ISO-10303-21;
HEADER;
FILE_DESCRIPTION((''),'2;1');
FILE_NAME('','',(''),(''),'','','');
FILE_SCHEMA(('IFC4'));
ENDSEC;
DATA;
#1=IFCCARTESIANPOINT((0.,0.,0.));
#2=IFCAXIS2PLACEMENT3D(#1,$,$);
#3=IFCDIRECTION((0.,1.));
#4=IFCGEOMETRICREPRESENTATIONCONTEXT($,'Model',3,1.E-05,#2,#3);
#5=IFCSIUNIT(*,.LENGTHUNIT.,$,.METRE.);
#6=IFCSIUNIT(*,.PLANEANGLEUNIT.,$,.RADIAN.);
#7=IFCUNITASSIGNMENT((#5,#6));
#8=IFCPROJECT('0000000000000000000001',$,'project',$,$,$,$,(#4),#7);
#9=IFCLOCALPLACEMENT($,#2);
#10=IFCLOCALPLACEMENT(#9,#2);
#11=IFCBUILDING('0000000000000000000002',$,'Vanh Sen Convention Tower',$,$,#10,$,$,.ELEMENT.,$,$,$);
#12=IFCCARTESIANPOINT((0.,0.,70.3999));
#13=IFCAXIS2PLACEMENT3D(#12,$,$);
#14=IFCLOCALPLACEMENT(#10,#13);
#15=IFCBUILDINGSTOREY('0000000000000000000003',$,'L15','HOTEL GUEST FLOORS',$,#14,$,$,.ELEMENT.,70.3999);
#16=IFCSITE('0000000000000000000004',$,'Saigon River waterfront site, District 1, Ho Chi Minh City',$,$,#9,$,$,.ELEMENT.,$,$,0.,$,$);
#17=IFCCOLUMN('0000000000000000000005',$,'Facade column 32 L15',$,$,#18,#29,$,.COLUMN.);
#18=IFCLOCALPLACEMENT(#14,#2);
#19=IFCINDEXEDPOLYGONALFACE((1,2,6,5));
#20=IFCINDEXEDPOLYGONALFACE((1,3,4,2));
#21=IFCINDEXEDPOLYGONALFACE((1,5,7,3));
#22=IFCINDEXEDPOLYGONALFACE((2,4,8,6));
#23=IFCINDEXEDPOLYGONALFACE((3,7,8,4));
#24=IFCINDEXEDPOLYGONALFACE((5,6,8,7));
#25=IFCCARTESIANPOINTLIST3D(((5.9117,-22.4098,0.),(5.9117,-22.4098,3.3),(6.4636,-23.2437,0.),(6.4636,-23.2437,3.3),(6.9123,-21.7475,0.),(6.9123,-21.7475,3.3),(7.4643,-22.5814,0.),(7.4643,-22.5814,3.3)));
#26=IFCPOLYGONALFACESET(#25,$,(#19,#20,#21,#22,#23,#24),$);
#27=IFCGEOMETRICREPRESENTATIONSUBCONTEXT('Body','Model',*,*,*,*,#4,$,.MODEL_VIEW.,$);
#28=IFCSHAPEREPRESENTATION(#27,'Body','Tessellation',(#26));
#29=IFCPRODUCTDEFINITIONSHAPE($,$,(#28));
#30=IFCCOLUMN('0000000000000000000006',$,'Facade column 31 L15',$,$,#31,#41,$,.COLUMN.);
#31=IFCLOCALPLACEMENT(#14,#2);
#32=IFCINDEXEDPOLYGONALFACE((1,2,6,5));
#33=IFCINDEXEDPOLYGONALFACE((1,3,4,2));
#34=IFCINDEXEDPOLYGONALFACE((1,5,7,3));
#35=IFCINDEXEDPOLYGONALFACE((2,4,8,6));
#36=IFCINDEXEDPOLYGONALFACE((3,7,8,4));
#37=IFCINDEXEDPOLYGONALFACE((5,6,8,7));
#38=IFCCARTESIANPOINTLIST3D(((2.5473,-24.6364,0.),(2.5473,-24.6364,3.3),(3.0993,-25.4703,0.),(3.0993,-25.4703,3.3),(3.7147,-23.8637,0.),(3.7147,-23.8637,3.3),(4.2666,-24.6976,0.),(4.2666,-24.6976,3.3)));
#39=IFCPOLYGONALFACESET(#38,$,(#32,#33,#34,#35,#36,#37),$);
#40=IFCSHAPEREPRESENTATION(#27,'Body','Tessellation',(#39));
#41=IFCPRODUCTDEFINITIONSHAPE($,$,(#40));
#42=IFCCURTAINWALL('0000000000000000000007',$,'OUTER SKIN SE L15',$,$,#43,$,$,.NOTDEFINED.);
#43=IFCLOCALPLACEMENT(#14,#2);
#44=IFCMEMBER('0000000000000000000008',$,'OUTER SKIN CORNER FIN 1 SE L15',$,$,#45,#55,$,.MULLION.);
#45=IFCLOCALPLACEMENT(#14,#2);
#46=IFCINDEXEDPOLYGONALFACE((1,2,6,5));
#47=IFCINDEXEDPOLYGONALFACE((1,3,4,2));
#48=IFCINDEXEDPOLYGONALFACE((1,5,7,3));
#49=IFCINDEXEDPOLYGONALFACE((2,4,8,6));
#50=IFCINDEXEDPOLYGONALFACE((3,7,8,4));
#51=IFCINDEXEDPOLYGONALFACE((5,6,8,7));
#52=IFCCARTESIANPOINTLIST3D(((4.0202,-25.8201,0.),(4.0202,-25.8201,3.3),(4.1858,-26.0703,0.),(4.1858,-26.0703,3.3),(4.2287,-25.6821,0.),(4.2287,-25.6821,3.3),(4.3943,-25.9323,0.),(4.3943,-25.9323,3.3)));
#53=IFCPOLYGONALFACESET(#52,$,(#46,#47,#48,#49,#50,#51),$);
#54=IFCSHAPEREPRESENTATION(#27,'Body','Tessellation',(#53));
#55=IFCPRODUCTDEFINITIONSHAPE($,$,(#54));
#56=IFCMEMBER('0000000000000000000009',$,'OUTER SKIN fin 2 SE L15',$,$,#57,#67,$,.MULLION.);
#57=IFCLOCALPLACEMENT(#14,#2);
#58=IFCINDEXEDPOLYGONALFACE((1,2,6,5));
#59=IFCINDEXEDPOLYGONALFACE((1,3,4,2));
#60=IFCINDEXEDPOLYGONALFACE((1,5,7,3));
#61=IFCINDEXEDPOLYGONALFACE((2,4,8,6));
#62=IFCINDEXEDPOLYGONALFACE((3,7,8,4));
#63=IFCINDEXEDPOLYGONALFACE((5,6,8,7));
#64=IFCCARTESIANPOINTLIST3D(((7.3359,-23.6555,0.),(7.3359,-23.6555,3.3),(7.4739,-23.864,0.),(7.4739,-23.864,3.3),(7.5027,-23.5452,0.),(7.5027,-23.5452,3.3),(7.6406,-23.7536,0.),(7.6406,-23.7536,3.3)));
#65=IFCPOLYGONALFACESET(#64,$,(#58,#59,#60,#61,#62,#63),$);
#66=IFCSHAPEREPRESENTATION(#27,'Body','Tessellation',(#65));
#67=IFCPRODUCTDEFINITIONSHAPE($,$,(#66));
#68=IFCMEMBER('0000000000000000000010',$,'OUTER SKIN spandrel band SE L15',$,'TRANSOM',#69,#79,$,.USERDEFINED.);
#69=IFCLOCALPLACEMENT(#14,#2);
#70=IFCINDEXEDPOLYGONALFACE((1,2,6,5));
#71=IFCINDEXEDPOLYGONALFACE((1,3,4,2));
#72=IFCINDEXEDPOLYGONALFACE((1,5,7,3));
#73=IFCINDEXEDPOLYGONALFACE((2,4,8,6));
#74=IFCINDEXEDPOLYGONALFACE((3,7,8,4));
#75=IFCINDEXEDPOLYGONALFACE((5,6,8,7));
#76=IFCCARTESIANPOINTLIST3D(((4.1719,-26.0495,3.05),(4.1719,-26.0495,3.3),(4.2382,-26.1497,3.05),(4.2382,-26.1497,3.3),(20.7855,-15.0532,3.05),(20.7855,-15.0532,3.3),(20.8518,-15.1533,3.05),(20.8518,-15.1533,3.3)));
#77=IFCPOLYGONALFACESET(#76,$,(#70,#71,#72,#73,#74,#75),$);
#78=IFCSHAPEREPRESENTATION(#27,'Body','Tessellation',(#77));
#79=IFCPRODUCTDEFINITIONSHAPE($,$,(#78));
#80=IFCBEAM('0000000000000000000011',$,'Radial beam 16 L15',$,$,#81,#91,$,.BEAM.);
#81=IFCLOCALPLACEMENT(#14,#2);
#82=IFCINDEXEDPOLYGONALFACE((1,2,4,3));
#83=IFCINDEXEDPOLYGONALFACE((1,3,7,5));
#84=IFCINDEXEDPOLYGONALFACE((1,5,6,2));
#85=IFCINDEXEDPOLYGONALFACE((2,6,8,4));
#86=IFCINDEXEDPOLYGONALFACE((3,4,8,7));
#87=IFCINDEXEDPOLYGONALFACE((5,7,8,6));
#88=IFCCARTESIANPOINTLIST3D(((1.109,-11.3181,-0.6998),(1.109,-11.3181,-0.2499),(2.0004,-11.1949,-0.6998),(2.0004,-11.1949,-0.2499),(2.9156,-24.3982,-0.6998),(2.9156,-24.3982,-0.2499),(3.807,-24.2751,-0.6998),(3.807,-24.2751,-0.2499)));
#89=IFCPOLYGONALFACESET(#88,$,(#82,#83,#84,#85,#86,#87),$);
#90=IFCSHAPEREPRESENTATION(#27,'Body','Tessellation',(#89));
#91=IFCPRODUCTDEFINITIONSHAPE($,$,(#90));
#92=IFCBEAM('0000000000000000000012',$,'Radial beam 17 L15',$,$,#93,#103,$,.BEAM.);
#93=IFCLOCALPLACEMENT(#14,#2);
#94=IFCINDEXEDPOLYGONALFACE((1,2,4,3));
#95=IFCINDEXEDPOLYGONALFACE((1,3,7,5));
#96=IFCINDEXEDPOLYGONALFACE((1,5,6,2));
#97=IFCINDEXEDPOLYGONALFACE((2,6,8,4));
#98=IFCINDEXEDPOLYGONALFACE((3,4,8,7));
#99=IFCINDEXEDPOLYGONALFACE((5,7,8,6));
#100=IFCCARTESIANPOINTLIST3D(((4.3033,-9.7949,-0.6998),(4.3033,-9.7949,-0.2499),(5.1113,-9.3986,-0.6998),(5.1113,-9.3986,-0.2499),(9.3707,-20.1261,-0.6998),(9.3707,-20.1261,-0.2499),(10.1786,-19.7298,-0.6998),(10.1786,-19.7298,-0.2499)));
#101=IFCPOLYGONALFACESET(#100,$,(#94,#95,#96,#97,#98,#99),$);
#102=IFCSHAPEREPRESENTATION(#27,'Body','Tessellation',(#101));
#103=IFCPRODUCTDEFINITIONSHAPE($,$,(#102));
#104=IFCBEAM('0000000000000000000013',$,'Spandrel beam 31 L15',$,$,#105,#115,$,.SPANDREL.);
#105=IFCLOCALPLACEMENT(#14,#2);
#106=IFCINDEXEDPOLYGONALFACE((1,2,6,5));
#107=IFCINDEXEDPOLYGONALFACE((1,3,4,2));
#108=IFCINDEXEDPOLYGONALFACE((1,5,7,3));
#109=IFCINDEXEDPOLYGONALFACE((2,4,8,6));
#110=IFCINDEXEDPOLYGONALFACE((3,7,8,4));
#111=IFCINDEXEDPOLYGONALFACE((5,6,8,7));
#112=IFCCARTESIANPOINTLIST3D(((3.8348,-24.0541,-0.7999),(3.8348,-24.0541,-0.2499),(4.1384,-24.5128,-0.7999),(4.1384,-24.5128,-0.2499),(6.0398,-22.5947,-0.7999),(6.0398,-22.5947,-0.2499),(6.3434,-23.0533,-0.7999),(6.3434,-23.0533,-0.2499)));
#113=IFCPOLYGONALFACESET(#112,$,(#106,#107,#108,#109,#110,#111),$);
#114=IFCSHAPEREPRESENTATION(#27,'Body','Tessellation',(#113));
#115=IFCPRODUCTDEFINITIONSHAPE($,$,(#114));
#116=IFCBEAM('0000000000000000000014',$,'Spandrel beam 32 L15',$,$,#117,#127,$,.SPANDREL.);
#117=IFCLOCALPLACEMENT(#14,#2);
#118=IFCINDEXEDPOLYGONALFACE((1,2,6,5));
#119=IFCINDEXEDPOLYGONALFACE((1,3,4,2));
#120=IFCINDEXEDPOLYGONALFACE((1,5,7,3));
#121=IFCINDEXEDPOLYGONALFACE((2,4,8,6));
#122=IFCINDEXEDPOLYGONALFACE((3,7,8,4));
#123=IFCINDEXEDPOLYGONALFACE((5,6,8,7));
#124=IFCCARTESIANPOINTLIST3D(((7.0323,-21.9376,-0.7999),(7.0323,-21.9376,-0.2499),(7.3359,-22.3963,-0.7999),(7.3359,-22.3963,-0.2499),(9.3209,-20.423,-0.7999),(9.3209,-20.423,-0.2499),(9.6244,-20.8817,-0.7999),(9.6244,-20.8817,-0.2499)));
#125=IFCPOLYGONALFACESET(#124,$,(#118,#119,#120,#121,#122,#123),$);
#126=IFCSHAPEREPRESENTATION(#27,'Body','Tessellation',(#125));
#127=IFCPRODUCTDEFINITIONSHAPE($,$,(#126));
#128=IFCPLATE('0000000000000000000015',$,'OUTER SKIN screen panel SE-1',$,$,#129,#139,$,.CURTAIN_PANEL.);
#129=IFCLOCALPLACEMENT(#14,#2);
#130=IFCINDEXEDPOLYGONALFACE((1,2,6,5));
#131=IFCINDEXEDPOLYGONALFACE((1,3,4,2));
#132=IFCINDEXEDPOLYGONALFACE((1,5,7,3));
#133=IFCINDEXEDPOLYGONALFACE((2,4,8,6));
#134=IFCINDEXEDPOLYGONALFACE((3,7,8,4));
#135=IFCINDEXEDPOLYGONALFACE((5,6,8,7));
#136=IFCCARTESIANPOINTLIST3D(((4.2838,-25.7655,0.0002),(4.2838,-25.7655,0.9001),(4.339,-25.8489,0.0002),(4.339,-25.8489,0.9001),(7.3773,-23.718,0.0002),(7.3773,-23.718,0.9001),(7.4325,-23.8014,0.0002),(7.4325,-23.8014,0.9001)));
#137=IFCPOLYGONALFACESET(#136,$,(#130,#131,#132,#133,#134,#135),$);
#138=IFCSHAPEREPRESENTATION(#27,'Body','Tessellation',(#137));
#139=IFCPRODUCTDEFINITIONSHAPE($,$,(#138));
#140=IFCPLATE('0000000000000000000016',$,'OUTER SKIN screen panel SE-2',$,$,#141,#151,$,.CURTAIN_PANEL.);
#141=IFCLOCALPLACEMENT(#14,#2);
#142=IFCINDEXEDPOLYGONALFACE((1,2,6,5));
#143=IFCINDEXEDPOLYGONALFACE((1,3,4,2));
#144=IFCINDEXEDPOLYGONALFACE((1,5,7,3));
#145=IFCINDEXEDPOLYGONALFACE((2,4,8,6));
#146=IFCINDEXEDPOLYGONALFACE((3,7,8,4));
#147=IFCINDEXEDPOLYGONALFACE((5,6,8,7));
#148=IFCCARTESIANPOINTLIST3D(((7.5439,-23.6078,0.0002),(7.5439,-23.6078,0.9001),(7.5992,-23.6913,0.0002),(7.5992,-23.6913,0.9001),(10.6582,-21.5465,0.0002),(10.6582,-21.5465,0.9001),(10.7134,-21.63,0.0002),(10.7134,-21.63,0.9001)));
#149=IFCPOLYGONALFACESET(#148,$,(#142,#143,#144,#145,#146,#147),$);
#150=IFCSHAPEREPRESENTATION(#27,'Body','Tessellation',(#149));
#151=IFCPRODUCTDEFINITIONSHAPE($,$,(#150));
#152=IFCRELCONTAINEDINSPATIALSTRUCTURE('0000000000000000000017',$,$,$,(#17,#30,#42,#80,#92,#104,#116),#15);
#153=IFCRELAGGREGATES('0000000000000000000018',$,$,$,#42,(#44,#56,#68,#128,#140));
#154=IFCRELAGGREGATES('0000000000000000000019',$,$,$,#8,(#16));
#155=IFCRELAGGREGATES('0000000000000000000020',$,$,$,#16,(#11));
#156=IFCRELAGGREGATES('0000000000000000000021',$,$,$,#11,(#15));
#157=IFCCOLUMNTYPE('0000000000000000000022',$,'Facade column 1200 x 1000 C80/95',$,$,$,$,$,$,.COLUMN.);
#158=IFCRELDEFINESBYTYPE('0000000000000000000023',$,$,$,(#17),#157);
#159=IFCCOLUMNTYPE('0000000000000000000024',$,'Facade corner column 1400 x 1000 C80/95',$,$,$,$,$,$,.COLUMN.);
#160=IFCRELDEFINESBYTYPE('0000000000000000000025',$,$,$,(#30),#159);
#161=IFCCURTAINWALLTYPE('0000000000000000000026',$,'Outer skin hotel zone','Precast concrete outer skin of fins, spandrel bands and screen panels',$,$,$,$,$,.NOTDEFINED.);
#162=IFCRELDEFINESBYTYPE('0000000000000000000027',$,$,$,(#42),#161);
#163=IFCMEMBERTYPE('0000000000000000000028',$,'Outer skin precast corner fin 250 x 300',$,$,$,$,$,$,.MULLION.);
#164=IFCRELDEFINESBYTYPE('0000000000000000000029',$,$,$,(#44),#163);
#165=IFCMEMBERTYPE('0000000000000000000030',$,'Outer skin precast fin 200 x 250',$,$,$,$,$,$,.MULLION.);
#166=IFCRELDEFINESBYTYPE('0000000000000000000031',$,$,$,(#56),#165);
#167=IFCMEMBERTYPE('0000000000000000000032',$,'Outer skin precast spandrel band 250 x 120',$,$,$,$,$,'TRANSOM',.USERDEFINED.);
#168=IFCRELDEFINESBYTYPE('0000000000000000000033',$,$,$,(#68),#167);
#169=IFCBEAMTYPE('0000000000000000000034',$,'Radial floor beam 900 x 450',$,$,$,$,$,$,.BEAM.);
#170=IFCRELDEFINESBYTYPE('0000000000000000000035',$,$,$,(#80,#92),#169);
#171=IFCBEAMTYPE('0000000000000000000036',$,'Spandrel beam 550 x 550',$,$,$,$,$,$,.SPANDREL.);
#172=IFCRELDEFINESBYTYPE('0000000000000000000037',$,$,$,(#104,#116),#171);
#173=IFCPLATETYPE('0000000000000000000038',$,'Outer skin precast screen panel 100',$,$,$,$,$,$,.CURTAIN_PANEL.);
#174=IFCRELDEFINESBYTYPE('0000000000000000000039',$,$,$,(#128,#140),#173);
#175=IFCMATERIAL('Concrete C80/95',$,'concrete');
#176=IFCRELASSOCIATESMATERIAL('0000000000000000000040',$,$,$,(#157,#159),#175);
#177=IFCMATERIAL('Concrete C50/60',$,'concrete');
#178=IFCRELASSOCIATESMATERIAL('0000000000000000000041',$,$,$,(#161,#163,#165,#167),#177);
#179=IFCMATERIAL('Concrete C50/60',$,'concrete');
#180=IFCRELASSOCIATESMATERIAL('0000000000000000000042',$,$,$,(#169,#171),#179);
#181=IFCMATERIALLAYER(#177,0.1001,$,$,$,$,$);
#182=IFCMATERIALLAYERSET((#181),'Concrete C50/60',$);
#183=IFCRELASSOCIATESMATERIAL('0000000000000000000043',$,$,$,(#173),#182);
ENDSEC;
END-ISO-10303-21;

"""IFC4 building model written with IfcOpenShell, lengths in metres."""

from ifc_helpers import new_model, si_unit, direction, frame, origin, origin_2d, place, context, subcontext, project, spatial, rectangle, extrude, material, layer, layer_set, material_profile, profile_set, type_object, element, aggregate, save


model = new_model("IFC4")

# Units and contexts
model_context = context("Model", 3, precision=1e-05, world=origin(), true_north=direction((0.0, 1.0)))
body_context = subcontext(model_context, "Body", "Model", "MODEL_VIEW")
ifc_project = project(units=[si_unit("LENGTHUNIT", "METRE"), si_unit("PLANEANGLEUNIT", "RADIAN")], contexts=[model_context])

# Site, building, storey
site_placement = place(None, origin())
site = spatial("IfcSite", under=ifc_project, at=site_placement, Name="Saigon River waterfront site, District 1, Ho Chi Minh City", CompositionType="ELEMENT", RefElevation=0.0)
building_placement = place(site_placement, origin())
building = spatial("IfcBuilding", under=site, at=building_placement, Name="Vanh Sen Convention Tower", CompositionType="ELEMENT")
storey_placement = place(building_placement, frame((0.0, 0.0, 70.3999)))
storey = spatial("IfcBuildingStorey", under=building, at=storey_placement, Name="L15", Description="HOTEL GUEST FLOORS", CompositionType="ELEMENT", Elevation=70.3999)

# Columns
ifc_material_1 = material(Name="Concrete C80/95", Category="concrete")
ifc_material_profile_1 = material_profile(ifc_material_1, rectangle(XDim=1.2, YDim=1.0, at=origin_2d()), Name="RC 1200X1000")
ifc_profile_set_1 = profile_set([ifc_material_profile_1], Name="Concrete C80/95")
column_type_1 = type_object("IfcColumnType", Name="Facade column 1200 x 1000 C80/95", PredefinedType="COLUMN", material=ifc_profile_set_1)
column_1_placement = place(storey_placement, frame((6.688, -22.4956, 0.0), z_axis=(0.0, 0.0, 1.0), x_axis=(0.833886, 0.551937, 0.0)))
element("IfcColumn", 1, at=column_1_placement, inside=storey, type_object=column_type_1, Name="Facade column 32 L15", PredefinedType="COLUMN", context=body_context, shape_type="SweptSolid", body=[
    extrude(rectangle(XDim=1.2, YDim=1.0, at=origin_2d()), origin(), (0.0, 0.0, 1.0), 3.3),
])
ifc_material_profile_2 = material_profile(ifc_material_1, rectangle(XDim=1.3999, YDim=1.0, at=origin_2d()), Name="RC 1400X1000")
ifc_profile_set_2 = profile_set([ifc_material_profile_2], Name="Concrete C80/95")
column_type_2 = type_object("IfcColumnType", Name="Facade corner column 1400 x 1000 C80/95", PredefinedType="COLUMN", material=ifc_profile_set_2)
column_2_placement = place(storey_placement, frame((3.407, -24.667, 0.0), z_axis=(0.0, 0.0, 1.0), x_axis=(0.833886, 0.551937, 0.0)))
element("IfcColumn", 2, at=column_2_placement, inside=storey, type_object=column_type_2, Name="Facade column 31 L15", PredefinedType="COLUMN", context=body_context, shape_type="SweptSolid", body=[
    extrude(rectangle(XDim=1.3999, YDim=1.0, at=origin_2d()), origin(), (0.0, 0.0, 1.0), 3.3),
])

# Curtain wall, members
ifc_material_2 = material(Name="Concrete C50/60", Category="concrete")
curtain_wall_type = type_object("IfcCurtainWallType", Name="Outer skin hotel zone", Description="Precast concrete outer skin of fins, spandrel bands and screen panels", PredefinedType="NOTDEFINED", material=ifc_material_2)
curtain_wall_placement = place(storey_placement, origin())
curtain_wall = element("IfcCurtainWall", 3, at=curtain_wall_placement, inside=storey, type_object=curtain_wall_type, Name="OUTER SKIN SE L15", PredefinedType="NOTDEFINED")
ifc_material_profile_3 = material_profile(ifc_material_2, rectangle(XDim=0.25, YDim=0.3, at=origin_2d()), Name="Outer skin precast corner fin 250 x 300")
ifc_profile_set_3 = profile_set([ifc_material_profile_3], Name="Concrete C50/60")
member_type_1 = type_object("IfcMemberType", Name="Outer skin precast corner fin 250 x 300", PredefinedType="MULLION", material=ifc_profile_set_3)
member_1_placement = place(storey_placement, frame((4.2073, -25.8762, 0.0), z_axis=(0.0, 0.0, 1.0), x_axis=(0.833886, 0.551937, 0.0)))
member_1 = element("IfcMember", 4, at=member_1_placement, type_object=member_type_1, Name="OUTER SKIN CORNER FIN 1 SE L15", PredefinedType="MULLION", context=body_context, shape_type="SweptSolid", body=[
    extrude(rectangle(XDim=0.25, YDim=0.3, at=origin_2d()), origin(), (0.0, 0.0, 1.0), 3.3),
])
ifc_material_profile_4 = material_profile(ifc_material_2, rectangle(XDim=0.2, YDim=0.25, at=origin_2d()), Name="Outer skin precast fin 200 x 250")
ifc_profile_set_4 = profile_set([ifc_material_profile_4], Name="Concrete C50/60")
member_type_2 = type_object("IfcMemberType", Name="Outer skin precast fin 200 x 250", PredefinedType="MULLION", material=ifc_profile_set_4)
member_2_placement = place(storey_placement, frame((7.4883, -23.7046, 0.0), z_axis=(0.0, 0.0, 1.0), x_axis=(0.833886, 0.551937, 0.0)))
member_2 = element("IfcMember", 5, at=member_2_placement, type_object=member_type_2, Name="OUTER SKIN fin 2 SE L15", PredefinedType="MULLION", context=body_context, shape_type="SweptSolid", body=[
    extrude(rectangle(XDim=0.2, YDim=0.25, at=origin_2d()), origin(), (0.0, 0.0, 1.0), 3.3),
])
ifc_material_profile_5 = material_profile(ifc_material_2, rectangle(XDim=0.1201, YDim=0.25, at=origin_2d()), Name="Outer skin precast spandrel band 250 x 120")
ifc_profile_set_5 = profile_set([ifc_material_profile_5], Name="Concrete C50/60")
member_type_3 = type_object("IfcMemberType", Name="Outer skin precast spandrel band 250 x 120", ElementType="TRANSOM", PredefinedType="USERDEFINED", material=ifc_profile_set_5)
member_3_placement = place(storey_placement, frame((4.2051, -26.0996, 3.175), z_axis=(0.833884, 0.55194, 0.0), x_axis=(-0.55194, 0.833884, 0.0)))
member_3 = element("IfcMember", 6, at=member_3_placement, type_object=member_type_3, Name="OUTER SKIN spandrel band SE L15", ObjectType="TRANSOM", PredefinedType="USERDEFINED", context=body_context, shape_type="SweptSolid", body=[
    extrude(rectangle(XDim=0.1201, YDim=0.25, at=origin_2d()), origin(), (0.0, 0.0, 1.0), 19.9231),
])

# Beams
ifc_material_3 = material(Name="Concrete C50/60", Category="concrete")
ifc_material_profile_6 = material_profile(ifc_material_3, rectangle(XDim=0.8999, YDim=0.45, at=origin_2d()), Name="RC 900X450")
ifc_profile_set_6 = profile_set([ifc_material_profile_6], Name="Concrete C50/60")
beam_type_1 = type_object("IfcBeamType", Name="Radial floor beam 900 x 450", PredefinedType="BEAM", material=ifc_profile_set_6)
beam_1_placement = place(storey_placement, frame((3.3613, -24.3367, -0.4749), z_axis=(-0.136823, 0.990596, 0.0), x_axis=(-0.990596, -0.136823, 0.0)))
element("IfcBeam", 7, at=beam_1_placement, inside=storey, type_object=beam_type_1, Name="Radial beam 16 L15", PredefinedType="BEAM", context=body_context, shape_type="SweptSolid", body=[
    extrude(rectangle(XDim=0.8999, YDim=0.45, at=origin_2d()), origin(), (0.0, 0.0, 1.0), 13.2043),
])
beam_2_placement = place(storey_placement, frame((9.7747, -19.928, -0.4749), z_axis=(-0.440369, 0.897817, 0.0), x_axis=(-0.897817, -0.440369, 0.0)))
element("IfcBeam", 8, at=beam_2_placement, inside=storey, type_object=beam_type_1, Name="Radial beam 17 L15", PredefinedType="BEAM", context=body_context, shape_type="SweptSolid", body=[
    extrude(rectangle(XDim=0.8999, YDim=0.45, at=origin_2d()), origin(), (0.0, 0.0, 1.0), 11.5071),
])
ifc_material_profile_7 = material_profile(ifc_material_3, rectangle(XDim=0.55, YDim=0.55, at=origin_2d()), Name="RC 550X550")
ifc_profile_set_7 = profile_set([ifc_material_profile_7], Name="Concrete C50/60")
beam_type_2 = type_object("IfcBeamType", Name="Spandrel beam 550 x 550", PredefinedType="SPANDREL", material=ifc_profile_set_7)
beam_3_placement = place(storey_placement, frame((3.9866, -24.2834, -0.5249), z_axis=(0.833892, 0.551927, 0.0), x_axis=(-0.551927, 0.833892, 0.0)))
element("IfcBeam", 9, at=beam_3_placement, inside=storey, type_object=beam_type_2, Name="Spandrel beam 31 L15", PredefinedType="SPANDREL", context=body_context, shape_type="SweptSolid", body=[
    extrude(rectangle(XDim=0.55, YDim=0.55, at=origin_2d()), origin(), (0.0, 0.0, 1.0), 2.6443),
])
beam_4_placement = place(storey_placement, frame((7.1841, -22.167, -0.5249), z_axis=(0.833907, 0.551905, 0.0), x_axis=(-0.551905, 0.833907, 0.0)))
element("IfcBeam", 10, at=beam_4_placement, inside=storey, type_object=beam_type_2, Name="Spandrel beam 32 L15", PredefinedType="SPANDREL", context=body_context, shape_type="SweptSolid", body=[
    extrude(rectangle(XDim=0.55, YDim=0.55, at=origin_2d()), origin(), (0.0, 0.0, 1.0), 2.7444),
])

# Plates
ifc_layer_1 = layer(ifc_material_2, 0.1001)
ifc_layer_set_1 = layer_set([ifc_layer_1], Name="Concrete C50/60")
plate_type = type_object("IfcPlateType", Name="Outer skin precast screen panel 100", PredefinedType="CURTAIN_PANEL", material=ifc_layer_set_1)
plate_1_placement = place(storey_placement, frame((5.8582, -24.7834, 0.0002), z_axis=(0.0, 0.0, 1.0), x_axis=(0.833892, 0.551928, 0.0)))
plate_1 = element("IfcPlate", 11, at=plate_1_placement, type_object=plate_type, Name="OUTER SKIN screen panel SE-1", PredefinedType="CURTAIN_PANEL", context=body_context, shape_type="SweptSolid", body=[
    extrude(rectangle(XDim=3.7097, YDim=0.1001, at=origin_2d()), origin(), (0.0, 0.0, 1.0), 0.8999),
])
plate_2_placement = place(storey_placement, frame((9.1287, -22.6189, 0.0002), z_axis=(0.0, 0.0, 1.0), x_axis=(0.833892, 0.551928, 0.0)))
plate_2 = element("IfcPlate", 12, at=plate_2_placement, type_object=plate_type, Name="OUTER SKIN screen panel SE-2", PredefinedType="CURTAIN_PANEL", context=body_context, shape_type="SweptSolid", body=[
    extrude(rectangle(XDim=3.7346, YDim=0.1001, at=origin_2d()), origin(), (0.0, 0.0, 1.0), 0.8999),
])
aggregate(curtain_wall, [member_1, member_2, member_3, plate_1, plate_2])

save(model, "model.ifc")
